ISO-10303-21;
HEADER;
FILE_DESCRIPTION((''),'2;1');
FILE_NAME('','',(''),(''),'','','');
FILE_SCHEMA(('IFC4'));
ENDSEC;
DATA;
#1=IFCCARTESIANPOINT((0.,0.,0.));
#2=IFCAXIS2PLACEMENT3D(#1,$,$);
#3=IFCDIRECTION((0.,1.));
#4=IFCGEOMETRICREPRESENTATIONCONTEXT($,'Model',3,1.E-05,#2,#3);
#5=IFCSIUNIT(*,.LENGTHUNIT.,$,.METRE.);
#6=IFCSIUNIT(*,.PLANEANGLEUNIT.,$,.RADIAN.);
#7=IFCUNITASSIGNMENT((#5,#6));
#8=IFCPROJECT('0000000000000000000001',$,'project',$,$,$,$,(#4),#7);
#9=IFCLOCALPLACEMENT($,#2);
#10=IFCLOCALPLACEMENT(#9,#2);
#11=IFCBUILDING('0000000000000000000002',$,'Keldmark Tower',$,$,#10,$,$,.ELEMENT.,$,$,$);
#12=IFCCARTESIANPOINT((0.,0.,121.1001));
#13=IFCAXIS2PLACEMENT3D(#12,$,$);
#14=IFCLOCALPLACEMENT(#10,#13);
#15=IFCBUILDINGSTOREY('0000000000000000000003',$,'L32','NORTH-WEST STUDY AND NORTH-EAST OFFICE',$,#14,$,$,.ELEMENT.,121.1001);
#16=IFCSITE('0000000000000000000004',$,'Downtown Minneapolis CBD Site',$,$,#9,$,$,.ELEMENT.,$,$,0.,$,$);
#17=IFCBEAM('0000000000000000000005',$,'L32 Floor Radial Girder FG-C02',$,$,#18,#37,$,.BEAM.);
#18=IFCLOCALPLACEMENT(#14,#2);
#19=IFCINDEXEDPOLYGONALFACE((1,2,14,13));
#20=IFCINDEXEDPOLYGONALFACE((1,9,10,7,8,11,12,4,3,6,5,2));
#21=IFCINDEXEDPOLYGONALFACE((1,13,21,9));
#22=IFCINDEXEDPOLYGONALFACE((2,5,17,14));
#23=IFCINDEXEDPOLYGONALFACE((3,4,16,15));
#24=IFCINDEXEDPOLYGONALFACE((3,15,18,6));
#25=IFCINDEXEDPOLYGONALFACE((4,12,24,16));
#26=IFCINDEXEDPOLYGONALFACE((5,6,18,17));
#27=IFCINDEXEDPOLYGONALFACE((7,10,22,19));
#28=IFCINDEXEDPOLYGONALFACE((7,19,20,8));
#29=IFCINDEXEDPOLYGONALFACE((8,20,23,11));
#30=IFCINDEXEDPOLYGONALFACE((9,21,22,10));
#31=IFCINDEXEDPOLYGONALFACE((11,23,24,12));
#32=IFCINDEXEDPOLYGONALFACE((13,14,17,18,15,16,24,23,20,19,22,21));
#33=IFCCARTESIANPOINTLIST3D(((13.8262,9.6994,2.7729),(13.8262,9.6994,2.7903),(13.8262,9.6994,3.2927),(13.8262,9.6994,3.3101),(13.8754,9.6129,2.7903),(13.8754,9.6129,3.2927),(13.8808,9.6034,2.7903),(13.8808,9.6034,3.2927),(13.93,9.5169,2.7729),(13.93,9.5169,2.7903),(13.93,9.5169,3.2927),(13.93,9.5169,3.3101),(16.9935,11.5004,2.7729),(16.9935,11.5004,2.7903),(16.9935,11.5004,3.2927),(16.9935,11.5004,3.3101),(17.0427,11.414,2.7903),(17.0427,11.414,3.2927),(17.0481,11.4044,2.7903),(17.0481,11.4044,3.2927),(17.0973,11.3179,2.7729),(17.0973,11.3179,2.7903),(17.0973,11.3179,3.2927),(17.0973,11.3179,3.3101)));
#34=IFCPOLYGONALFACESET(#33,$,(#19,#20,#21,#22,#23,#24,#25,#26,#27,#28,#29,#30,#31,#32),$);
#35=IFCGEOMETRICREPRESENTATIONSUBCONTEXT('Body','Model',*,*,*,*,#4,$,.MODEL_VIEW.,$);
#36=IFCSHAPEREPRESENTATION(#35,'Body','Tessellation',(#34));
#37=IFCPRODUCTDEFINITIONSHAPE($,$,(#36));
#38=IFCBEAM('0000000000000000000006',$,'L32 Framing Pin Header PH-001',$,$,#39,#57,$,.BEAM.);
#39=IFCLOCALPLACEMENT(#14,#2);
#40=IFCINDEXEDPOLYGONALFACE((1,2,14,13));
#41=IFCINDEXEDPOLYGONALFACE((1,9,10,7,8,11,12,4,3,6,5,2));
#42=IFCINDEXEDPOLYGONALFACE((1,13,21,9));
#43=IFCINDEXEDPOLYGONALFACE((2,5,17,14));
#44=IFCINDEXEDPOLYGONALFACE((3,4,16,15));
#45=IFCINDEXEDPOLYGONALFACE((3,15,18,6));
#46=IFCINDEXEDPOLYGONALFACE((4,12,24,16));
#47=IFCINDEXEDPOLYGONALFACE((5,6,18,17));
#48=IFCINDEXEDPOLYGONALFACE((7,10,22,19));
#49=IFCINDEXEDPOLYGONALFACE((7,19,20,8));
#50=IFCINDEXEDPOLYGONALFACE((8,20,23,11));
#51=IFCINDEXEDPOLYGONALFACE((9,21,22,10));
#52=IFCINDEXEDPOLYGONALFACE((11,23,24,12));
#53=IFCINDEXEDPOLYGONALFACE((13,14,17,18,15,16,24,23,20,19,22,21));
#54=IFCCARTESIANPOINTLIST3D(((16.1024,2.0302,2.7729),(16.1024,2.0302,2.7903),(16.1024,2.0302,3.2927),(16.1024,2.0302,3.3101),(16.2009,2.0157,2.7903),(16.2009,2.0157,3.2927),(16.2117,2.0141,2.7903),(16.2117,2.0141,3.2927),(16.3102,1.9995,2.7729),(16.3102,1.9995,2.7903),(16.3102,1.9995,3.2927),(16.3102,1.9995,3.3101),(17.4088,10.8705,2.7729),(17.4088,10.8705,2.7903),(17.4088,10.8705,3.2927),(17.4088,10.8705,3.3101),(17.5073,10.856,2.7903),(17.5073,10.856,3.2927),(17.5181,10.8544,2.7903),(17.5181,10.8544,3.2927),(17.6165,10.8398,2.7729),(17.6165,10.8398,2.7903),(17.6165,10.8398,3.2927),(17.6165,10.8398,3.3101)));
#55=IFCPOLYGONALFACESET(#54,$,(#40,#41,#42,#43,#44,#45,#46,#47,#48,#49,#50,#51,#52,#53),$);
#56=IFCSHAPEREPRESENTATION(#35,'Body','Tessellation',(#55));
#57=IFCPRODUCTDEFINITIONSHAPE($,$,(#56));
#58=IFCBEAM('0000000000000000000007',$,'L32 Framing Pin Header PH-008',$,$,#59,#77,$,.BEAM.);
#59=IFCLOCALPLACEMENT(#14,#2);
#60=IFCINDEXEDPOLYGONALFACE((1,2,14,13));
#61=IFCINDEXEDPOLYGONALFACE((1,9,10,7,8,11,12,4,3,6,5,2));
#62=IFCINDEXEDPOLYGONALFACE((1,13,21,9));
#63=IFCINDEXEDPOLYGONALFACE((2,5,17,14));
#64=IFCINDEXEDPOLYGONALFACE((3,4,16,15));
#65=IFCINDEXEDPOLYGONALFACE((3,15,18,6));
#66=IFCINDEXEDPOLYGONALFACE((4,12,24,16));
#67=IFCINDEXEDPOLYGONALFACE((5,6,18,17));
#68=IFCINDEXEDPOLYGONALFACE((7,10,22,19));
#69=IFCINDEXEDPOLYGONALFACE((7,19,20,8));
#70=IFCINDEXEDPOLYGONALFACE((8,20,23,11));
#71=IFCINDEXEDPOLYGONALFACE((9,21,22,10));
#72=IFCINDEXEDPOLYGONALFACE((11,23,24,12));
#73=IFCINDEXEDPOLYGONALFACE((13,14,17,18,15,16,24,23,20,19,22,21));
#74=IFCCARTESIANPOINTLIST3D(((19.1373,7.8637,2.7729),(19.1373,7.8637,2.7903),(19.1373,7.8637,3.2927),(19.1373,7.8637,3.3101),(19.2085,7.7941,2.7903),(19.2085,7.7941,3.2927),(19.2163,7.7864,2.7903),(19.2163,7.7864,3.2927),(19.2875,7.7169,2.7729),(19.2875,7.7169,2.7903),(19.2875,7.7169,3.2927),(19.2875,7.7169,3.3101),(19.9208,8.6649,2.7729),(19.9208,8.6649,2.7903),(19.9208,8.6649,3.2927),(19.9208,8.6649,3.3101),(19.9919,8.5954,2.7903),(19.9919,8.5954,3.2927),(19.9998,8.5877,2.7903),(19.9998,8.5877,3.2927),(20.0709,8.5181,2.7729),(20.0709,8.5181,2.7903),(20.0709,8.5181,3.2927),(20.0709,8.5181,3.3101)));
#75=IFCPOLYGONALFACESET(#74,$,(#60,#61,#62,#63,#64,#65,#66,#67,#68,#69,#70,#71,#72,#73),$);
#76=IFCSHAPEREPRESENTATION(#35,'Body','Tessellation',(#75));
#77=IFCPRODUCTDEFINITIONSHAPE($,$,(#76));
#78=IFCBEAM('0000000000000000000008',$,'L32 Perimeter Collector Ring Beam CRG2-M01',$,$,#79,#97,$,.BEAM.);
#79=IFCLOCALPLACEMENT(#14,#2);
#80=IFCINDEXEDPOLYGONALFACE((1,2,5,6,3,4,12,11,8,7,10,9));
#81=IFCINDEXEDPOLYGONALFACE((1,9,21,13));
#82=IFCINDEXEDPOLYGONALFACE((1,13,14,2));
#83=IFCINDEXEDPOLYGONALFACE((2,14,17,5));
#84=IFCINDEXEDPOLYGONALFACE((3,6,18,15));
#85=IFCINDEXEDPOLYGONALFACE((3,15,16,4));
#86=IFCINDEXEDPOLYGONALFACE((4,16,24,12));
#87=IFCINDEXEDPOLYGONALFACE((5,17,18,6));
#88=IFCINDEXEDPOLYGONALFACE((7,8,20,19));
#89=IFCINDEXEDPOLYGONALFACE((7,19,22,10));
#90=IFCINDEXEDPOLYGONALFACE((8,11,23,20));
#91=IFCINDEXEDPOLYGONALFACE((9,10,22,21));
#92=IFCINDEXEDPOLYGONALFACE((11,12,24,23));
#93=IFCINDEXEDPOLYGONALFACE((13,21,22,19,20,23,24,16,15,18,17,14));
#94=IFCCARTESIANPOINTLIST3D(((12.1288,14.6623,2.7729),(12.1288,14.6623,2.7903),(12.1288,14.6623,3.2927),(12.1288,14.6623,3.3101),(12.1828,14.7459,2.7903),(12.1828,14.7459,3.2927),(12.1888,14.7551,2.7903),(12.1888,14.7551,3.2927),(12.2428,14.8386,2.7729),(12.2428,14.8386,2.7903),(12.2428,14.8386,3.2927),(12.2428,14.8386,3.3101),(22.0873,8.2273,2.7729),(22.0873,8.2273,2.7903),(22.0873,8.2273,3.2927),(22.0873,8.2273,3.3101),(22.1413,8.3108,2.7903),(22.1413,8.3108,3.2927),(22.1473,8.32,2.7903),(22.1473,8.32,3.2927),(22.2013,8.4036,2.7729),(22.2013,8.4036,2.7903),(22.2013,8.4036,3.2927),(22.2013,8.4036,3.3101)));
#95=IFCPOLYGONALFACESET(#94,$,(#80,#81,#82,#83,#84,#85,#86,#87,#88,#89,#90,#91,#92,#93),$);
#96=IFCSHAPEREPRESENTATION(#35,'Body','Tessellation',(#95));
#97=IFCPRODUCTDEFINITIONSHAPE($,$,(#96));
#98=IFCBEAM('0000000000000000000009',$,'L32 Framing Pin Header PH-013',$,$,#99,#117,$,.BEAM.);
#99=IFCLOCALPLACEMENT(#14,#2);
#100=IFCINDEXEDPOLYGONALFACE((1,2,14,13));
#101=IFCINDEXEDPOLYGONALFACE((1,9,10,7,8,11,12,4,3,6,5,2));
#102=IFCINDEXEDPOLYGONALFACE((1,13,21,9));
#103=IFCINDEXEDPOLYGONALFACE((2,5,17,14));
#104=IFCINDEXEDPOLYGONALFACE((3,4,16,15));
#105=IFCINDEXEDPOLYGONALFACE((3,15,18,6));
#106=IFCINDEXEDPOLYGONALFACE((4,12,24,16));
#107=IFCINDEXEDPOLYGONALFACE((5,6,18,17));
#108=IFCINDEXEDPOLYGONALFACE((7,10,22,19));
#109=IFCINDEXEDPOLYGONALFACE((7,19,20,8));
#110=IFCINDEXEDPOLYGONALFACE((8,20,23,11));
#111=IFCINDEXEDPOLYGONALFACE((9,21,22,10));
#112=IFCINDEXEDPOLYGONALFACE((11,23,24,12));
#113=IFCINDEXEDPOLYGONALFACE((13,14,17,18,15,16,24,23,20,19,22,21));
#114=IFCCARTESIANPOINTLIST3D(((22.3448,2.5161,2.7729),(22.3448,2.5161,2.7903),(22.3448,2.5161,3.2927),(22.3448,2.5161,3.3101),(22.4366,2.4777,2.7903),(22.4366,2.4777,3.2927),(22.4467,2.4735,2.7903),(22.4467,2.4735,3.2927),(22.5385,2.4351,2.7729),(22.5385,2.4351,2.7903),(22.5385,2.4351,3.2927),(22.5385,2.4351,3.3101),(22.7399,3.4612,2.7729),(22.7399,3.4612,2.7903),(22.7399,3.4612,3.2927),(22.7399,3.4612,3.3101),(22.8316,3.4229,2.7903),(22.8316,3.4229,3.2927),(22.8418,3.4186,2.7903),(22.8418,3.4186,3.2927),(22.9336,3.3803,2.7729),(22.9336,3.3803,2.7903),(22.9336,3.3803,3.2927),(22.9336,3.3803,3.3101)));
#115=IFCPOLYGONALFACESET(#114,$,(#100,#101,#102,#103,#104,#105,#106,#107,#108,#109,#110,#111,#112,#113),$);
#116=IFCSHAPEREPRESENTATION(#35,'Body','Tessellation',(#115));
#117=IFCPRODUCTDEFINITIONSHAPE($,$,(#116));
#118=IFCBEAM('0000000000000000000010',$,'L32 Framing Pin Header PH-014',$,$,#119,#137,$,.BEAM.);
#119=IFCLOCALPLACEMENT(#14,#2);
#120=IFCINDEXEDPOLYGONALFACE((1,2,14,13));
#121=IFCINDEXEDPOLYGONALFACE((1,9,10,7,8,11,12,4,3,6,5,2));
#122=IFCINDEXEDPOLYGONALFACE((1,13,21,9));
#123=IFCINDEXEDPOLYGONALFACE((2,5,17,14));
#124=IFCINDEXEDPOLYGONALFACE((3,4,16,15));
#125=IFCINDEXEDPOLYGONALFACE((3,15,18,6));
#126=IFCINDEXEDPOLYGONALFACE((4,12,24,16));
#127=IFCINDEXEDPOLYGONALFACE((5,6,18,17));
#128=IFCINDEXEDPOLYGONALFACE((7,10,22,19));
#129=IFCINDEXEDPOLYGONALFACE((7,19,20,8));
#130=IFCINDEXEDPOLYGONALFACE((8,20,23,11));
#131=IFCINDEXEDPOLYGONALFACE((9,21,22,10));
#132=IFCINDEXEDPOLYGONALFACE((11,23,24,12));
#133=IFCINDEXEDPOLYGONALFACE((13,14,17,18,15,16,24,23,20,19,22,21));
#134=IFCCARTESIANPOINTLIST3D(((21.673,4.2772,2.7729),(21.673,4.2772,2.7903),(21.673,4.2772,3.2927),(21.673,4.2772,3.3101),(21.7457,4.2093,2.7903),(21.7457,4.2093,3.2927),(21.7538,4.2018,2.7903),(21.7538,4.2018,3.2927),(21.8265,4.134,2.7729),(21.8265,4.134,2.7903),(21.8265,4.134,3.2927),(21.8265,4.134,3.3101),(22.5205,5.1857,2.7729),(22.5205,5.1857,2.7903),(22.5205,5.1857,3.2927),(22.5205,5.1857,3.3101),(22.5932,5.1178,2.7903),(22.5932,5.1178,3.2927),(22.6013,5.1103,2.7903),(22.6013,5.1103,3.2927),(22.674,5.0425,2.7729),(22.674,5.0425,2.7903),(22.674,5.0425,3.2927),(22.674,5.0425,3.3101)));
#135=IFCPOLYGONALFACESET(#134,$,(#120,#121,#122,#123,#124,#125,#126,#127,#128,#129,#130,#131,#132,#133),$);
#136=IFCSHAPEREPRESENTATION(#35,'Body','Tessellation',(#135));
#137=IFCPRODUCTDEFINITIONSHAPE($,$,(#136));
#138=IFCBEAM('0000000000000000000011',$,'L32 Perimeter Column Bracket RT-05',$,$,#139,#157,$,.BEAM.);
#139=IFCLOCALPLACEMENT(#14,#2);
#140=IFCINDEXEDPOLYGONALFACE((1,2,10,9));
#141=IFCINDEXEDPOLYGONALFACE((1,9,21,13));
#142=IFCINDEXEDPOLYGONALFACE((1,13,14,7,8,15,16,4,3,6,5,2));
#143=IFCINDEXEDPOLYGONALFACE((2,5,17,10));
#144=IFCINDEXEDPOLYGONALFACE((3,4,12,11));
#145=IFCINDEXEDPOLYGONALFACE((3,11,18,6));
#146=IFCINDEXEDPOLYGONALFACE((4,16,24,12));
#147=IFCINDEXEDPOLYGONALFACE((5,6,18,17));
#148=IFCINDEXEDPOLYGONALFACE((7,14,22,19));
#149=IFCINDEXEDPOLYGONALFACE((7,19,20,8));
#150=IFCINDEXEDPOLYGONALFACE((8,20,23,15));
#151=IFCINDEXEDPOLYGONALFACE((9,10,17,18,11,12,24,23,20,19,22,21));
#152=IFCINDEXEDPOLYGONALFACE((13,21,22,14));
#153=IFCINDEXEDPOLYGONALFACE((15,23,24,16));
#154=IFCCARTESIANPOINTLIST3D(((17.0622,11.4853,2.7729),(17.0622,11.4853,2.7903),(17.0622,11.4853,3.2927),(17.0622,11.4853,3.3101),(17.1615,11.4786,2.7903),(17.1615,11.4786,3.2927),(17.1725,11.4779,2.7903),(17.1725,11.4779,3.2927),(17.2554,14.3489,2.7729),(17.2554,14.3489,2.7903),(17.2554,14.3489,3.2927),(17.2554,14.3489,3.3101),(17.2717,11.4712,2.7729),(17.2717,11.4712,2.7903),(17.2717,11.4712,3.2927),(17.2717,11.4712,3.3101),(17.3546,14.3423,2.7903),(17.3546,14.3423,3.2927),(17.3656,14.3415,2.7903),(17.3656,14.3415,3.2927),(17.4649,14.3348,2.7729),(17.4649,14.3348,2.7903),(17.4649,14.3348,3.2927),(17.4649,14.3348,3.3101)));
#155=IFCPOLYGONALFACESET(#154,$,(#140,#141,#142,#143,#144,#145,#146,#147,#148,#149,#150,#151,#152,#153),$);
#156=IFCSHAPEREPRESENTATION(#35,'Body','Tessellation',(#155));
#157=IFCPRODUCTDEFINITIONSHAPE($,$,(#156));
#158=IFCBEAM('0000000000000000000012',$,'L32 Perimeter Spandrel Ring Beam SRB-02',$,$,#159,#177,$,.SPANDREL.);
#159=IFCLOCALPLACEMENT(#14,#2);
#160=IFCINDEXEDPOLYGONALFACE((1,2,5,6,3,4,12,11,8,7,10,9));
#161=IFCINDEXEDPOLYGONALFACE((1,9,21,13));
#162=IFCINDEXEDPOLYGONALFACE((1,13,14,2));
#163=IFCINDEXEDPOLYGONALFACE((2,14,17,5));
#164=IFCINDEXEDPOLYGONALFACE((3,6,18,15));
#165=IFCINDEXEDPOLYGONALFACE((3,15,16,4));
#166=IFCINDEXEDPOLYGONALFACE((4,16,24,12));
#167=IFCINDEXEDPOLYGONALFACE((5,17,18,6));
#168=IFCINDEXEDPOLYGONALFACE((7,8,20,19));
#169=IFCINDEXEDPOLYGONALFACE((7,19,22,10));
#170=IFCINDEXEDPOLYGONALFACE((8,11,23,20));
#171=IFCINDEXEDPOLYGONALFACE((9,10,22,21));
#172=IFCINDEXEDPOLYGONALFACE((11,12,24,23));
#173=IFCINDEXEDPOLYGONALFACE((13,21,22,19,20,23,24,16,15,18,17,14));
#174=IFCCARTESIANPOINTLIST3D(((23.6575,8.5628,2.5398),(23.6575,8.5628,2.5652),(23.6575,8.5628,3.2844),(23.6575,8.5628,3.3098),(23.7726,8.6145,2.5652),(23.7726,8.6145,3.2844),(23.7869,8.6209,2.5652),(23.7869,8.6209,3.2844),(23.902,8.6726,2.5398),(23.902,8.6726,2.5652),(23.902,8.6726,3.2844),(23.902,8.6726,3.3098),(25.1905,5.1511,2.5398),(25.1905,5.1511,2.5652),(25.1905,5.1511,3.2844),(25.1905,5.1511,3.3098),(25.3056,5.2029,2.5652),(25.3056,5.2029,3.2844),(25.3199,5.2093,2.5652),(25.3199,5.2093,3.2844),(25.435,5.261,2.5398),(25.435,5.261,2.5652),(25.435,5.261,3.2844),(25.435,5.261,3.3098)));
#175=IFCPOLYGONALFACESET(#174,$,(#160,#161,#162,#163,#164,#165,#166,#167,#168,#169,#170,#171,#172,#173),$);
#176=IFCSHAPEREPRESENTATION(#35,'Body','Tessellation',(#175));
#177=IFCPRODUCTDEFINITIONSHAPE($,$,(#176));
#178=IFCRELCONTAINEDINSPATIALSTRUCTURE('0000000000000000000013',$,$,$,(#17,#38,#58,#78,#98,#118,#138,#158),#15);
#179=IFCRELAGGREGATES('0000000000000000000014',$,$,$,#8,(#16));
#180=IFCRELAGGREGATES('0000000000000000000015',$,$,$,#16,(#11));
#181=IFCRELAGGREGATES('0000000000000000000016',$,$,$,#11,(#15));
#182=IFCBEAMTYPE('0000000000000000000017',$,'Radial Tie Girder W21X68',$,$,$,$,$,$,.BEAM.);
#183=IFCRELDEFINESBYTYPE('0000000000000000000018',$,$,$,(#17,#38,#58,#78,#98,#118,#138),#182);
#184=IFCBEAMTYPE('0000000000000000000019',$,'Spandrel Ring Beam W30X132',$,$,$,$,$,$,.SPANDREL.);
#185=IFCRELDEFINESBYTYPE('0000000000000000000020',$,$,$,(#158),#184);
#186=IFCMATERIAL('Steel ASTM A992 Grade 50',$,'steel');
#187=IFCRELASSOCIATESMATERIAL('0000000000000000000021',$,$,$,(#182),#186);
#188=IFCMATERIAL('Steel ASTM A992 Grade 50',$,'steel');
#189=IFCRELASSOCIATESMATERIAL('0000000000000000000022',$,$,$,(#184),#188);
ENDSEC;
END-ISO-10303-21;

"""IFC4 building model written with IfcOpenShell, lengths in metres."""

from ifc_helpers import new_model, si_unit, direction, frame, origin, origin_2d, place, context, subcontext, project, spatial, i_section, extrude, material, material_profile, profile_set, type_object, element, save


model = new_model("IFC4")

# Units and contexts
model_context = context("Model", 3, precision=1e-05, world=origin(), true_north=direction((0.0, 1.0)))
body_context = subcontext(model_context, "Body", "Model", "MODEL_VIEW")
ifc_project = project(units=[si_unit("LENGTHUNIT", "METRE"), si_unit("PLANEANGLEUNIT", "RADIAN")], contexts=[model_context])

# Site, building, storey
site_placement = place(None, origin())
site = spatial("IfcSite", under=ifc_project, at=site_placement, Name="Downtown Minneapolis CBD Site", CompositionType="ELEMENT", RefElevation=0.0)
building_placement = place(site_placement, origin())
building = spatial("IfcBuilding", under=site, at=building_placement, Name="Keldmark Tower", CompositionType="ELEMENT")
storey_placement = place(building_placement, frame((0.0, 0.0, 121.1001)))
storey = spatial("IfcBuildingStorey", under=building, at=storey_placement, Name="L32", Description="NORTH-WEST STUDY AND NORTH-EAST OFFICE", CompositionType="ELEMENT", Elevation=121.1001)

# Beams
ifc_material_1 = material(Name="Steel ASTM A992 Grade 50", Category="steel")
ifc_material_profile_1 = material_profile(ifc_material_1, i_section(OverallWidth=0.21, OverallDepth=0.5371, WebThickness=0.011, FlangeThickness=0.0173, at=origin_2d()), Name="W21X68")
ifc_profile_set_1 = profile_set([ifc_material_profile_1], Name="Steel ASTM A992 Grade 50")
beam_type_1 = type_object("IfcBeamType", Name="Radial Tie Girder W21X68", PredefinedType="BEAM", material=ifc_profile_set_1)
beam_1_placement = place(storey_placement, frame((17.0454, 11.4092, 3.0415), z_axis=(-0.869284, -0.494312, 0.0), x_axis=(0.494312, -0.869284, 0.0)))
element("IfcBeam", 1, at=beam_1_placement, inside=storey, type_object=beam_type_1, Name="L32 Floor Radial Girder FG-C02", PredefinedType="BEAM", context=body_context, shape_type="SweptSolid", body=[
    extrude(i_section(OverallWidth=0.21, OverallDepth=0.5371, WebThickness=0.011, FlangeThickness=0.0173, at=origin_2d()), origin(), (0.0, 0.0, 1.0), 3.6436),
])
beam_2_placement = place(storey_placement, frame((16.2063, 2.0149, 3.0415), z_axis=(0.146189, 0.989257, 0.0), x_axis=(-0.989257, 0.146189, 0.0)))
element("IfcBeam", 2, at=beam_2_placement, inside=storey, type_object=beam_type_1, Name="L32 Framing Pin Header PH-001", PredefinedType="BEAM", context=body_context, shape_type="SweptSolid", body=[
    extrude(i_section(OverallWidth=0.21, OverallDepth=0.5371, WebThickness=0.011, FlangeThickness=0.0173, at=origin_2d()), origin(), (0.0, 0.0, 1.0), 8.9363),
])
beam_3_placement = place(storey_placement, frame((19.2124, 7.7903, 3.0415), z_axis=(0.69911, 0.715014, 0.0), x_axis=(-0.715014, 0.69911, 0.0)))
element("IfcBeam", 3, at=beam_3_placement, inside=storey, type_object=beam_type_1, Name="L32 Framing Pin Header PH-008", PredefinedType="BEAM", context=body_context, shape_type="SweptSolid", body=[
    extrude(i_section(OverallWidth=0.21, OverallDepth=0.5371, WebThickness=0.011, FlangeThickness=0.0173, at=origin_2d()), origin(), (0.0, 0.0, 1.0), 1.1206),
])
beam_4_placement = place(storey_placement, frame((22.1443, 8.3154, 3.0415), z_axis=(-0.839904, 0.542735, 0.0), x_axis=(-0.542735, -0.839904, 0.0)))
element("IfcBeam", 4, at=beam_4_placement, inside=storey, type_object=beam_type_1, Name="L32 Perimeter Collector Ring Beam CRG2-M01", PredefinedType="BEAM", context=body_context, shape_type="SweptSolid", body=[
    extrude(i_section(OverallWidth=0.21, OverallDepth=0.5371, WebThickness=0.011, FlangeThickness=0.0173, at=origin_2d()), origin(), (0.0, 0.0, 1.0), 11.8567),
])
beam_5_placement = place(storey_placement, frame((22.4417, 2.4756, 3.0415), z_axis=(0.385648, 0.922646, 0.0), x_axis=(-0.922646, 0.385648, 0.0)))
element("IfcBeam", 5, at=beam_5_placement, inside=storey, type_object=beam_type_1, Name="L32 Framing Pin Header PH-013", PredefinedType="BEAM", context=body_context, shape_type="SweptSolid", body=[
    extrude(i_section(OverallWidth=0.21, OverallDepth=0.5371, WebThickness=0.011, FlangeThickness=0.0173, at=origin_2d()), origin(), (0.0, 0.0, 1.0), 1.0244),
])
beam_6_placement = place(storey_placement, frame((21.7498, 4.2056, 3.0415), z_axis=(0.682115, 0.731245, 0.0), x_axis=(-0.731245, 0.682115, 0.0)))
element("IfcBeam", 6, at=beam_6_placement, inside=storey, type_object=beam_type_1, Name="L32 Framing Pin Header PH-014", PredefinedType="BEAM", context=body_context, shape_type="SweptSolid", body=[
    extrude(i_section(OverallWidth=0.21, OverallDepth=0.5371, WebThickness=0.011, FlangeThickness=0.0173, at=origin_2d()), origin(), (0.0, 0.0, 1.0), 1.2424),
])
beam_7_placement = place(storey_placement, frame((17.167, 11.4783, 3.0415), z_axis=(0.067287, 0.997734, 0.0), x_axis=(-0.997734, 0.067287, 0.0)))
element("IfcBeam", 7, at=beam_7_placement, inside=storey, type_object=beam_type_1, Name="L32 Perimeter Column Bracket RT-05", PredefinedType="BEAM", context=body_context, shape_type="SweptSolid", body=[
    extrude(i_section(OverallWidth=0.21, OverallDepth=0.5371, WebThickness=0.011, FlangeThickness=0.0173, at=origin_2d()), origin(), (0.0, 0.0, 1.0), 2.8701),
])
ifc_material_2 = material(Name="Steel ASTM A992 Grade 50", Category="steel")
ifc_material_profile_2 = material_profile(ifc_material_2, i_section(OverallWidth=0.2681, OverallDepth=0.77, WebThickness=0.0156, FlangeThickness=0.0254, at=origin_2d()), Name="W30X132")
ifc_profile_set_2 = profile_set([ifc_material_profile_2], Name="Steel ASTM A992 Grade 50")
beam_type_2 = type_object("IfcBeamType", Name="Spandrel Ring Beam W30X132", PredefinedType="SPANDREL", material=ifc_profile_set_2)
beam_8_placement = place(storey_placement, frame((25.3127, 5.2061, 2.9248), z_axis=(-0.40986, 0.912149, 0.0), x_axis=(-0.912149, -0.40986, 0.0)))
element("IfcBeam", 8, at=beam_8_placement, inside=storey, type_object=beam_type_2, Name="L32 Perimeter Spandrel Ring Beam SRB-02", PredefinedType="SPANDREL", context=body_context, shape_type="SweptSolid", body=[
    extrude(i_section(OverallWidth=0.2681, OverallDepth=0.77, WebThickness=0.0156, FlangeThickness=0.0254, at=origin_2d()), origin(), (0.0, 0.0, 1.0), 3.7402),
])

save(model, "model.ifc")
